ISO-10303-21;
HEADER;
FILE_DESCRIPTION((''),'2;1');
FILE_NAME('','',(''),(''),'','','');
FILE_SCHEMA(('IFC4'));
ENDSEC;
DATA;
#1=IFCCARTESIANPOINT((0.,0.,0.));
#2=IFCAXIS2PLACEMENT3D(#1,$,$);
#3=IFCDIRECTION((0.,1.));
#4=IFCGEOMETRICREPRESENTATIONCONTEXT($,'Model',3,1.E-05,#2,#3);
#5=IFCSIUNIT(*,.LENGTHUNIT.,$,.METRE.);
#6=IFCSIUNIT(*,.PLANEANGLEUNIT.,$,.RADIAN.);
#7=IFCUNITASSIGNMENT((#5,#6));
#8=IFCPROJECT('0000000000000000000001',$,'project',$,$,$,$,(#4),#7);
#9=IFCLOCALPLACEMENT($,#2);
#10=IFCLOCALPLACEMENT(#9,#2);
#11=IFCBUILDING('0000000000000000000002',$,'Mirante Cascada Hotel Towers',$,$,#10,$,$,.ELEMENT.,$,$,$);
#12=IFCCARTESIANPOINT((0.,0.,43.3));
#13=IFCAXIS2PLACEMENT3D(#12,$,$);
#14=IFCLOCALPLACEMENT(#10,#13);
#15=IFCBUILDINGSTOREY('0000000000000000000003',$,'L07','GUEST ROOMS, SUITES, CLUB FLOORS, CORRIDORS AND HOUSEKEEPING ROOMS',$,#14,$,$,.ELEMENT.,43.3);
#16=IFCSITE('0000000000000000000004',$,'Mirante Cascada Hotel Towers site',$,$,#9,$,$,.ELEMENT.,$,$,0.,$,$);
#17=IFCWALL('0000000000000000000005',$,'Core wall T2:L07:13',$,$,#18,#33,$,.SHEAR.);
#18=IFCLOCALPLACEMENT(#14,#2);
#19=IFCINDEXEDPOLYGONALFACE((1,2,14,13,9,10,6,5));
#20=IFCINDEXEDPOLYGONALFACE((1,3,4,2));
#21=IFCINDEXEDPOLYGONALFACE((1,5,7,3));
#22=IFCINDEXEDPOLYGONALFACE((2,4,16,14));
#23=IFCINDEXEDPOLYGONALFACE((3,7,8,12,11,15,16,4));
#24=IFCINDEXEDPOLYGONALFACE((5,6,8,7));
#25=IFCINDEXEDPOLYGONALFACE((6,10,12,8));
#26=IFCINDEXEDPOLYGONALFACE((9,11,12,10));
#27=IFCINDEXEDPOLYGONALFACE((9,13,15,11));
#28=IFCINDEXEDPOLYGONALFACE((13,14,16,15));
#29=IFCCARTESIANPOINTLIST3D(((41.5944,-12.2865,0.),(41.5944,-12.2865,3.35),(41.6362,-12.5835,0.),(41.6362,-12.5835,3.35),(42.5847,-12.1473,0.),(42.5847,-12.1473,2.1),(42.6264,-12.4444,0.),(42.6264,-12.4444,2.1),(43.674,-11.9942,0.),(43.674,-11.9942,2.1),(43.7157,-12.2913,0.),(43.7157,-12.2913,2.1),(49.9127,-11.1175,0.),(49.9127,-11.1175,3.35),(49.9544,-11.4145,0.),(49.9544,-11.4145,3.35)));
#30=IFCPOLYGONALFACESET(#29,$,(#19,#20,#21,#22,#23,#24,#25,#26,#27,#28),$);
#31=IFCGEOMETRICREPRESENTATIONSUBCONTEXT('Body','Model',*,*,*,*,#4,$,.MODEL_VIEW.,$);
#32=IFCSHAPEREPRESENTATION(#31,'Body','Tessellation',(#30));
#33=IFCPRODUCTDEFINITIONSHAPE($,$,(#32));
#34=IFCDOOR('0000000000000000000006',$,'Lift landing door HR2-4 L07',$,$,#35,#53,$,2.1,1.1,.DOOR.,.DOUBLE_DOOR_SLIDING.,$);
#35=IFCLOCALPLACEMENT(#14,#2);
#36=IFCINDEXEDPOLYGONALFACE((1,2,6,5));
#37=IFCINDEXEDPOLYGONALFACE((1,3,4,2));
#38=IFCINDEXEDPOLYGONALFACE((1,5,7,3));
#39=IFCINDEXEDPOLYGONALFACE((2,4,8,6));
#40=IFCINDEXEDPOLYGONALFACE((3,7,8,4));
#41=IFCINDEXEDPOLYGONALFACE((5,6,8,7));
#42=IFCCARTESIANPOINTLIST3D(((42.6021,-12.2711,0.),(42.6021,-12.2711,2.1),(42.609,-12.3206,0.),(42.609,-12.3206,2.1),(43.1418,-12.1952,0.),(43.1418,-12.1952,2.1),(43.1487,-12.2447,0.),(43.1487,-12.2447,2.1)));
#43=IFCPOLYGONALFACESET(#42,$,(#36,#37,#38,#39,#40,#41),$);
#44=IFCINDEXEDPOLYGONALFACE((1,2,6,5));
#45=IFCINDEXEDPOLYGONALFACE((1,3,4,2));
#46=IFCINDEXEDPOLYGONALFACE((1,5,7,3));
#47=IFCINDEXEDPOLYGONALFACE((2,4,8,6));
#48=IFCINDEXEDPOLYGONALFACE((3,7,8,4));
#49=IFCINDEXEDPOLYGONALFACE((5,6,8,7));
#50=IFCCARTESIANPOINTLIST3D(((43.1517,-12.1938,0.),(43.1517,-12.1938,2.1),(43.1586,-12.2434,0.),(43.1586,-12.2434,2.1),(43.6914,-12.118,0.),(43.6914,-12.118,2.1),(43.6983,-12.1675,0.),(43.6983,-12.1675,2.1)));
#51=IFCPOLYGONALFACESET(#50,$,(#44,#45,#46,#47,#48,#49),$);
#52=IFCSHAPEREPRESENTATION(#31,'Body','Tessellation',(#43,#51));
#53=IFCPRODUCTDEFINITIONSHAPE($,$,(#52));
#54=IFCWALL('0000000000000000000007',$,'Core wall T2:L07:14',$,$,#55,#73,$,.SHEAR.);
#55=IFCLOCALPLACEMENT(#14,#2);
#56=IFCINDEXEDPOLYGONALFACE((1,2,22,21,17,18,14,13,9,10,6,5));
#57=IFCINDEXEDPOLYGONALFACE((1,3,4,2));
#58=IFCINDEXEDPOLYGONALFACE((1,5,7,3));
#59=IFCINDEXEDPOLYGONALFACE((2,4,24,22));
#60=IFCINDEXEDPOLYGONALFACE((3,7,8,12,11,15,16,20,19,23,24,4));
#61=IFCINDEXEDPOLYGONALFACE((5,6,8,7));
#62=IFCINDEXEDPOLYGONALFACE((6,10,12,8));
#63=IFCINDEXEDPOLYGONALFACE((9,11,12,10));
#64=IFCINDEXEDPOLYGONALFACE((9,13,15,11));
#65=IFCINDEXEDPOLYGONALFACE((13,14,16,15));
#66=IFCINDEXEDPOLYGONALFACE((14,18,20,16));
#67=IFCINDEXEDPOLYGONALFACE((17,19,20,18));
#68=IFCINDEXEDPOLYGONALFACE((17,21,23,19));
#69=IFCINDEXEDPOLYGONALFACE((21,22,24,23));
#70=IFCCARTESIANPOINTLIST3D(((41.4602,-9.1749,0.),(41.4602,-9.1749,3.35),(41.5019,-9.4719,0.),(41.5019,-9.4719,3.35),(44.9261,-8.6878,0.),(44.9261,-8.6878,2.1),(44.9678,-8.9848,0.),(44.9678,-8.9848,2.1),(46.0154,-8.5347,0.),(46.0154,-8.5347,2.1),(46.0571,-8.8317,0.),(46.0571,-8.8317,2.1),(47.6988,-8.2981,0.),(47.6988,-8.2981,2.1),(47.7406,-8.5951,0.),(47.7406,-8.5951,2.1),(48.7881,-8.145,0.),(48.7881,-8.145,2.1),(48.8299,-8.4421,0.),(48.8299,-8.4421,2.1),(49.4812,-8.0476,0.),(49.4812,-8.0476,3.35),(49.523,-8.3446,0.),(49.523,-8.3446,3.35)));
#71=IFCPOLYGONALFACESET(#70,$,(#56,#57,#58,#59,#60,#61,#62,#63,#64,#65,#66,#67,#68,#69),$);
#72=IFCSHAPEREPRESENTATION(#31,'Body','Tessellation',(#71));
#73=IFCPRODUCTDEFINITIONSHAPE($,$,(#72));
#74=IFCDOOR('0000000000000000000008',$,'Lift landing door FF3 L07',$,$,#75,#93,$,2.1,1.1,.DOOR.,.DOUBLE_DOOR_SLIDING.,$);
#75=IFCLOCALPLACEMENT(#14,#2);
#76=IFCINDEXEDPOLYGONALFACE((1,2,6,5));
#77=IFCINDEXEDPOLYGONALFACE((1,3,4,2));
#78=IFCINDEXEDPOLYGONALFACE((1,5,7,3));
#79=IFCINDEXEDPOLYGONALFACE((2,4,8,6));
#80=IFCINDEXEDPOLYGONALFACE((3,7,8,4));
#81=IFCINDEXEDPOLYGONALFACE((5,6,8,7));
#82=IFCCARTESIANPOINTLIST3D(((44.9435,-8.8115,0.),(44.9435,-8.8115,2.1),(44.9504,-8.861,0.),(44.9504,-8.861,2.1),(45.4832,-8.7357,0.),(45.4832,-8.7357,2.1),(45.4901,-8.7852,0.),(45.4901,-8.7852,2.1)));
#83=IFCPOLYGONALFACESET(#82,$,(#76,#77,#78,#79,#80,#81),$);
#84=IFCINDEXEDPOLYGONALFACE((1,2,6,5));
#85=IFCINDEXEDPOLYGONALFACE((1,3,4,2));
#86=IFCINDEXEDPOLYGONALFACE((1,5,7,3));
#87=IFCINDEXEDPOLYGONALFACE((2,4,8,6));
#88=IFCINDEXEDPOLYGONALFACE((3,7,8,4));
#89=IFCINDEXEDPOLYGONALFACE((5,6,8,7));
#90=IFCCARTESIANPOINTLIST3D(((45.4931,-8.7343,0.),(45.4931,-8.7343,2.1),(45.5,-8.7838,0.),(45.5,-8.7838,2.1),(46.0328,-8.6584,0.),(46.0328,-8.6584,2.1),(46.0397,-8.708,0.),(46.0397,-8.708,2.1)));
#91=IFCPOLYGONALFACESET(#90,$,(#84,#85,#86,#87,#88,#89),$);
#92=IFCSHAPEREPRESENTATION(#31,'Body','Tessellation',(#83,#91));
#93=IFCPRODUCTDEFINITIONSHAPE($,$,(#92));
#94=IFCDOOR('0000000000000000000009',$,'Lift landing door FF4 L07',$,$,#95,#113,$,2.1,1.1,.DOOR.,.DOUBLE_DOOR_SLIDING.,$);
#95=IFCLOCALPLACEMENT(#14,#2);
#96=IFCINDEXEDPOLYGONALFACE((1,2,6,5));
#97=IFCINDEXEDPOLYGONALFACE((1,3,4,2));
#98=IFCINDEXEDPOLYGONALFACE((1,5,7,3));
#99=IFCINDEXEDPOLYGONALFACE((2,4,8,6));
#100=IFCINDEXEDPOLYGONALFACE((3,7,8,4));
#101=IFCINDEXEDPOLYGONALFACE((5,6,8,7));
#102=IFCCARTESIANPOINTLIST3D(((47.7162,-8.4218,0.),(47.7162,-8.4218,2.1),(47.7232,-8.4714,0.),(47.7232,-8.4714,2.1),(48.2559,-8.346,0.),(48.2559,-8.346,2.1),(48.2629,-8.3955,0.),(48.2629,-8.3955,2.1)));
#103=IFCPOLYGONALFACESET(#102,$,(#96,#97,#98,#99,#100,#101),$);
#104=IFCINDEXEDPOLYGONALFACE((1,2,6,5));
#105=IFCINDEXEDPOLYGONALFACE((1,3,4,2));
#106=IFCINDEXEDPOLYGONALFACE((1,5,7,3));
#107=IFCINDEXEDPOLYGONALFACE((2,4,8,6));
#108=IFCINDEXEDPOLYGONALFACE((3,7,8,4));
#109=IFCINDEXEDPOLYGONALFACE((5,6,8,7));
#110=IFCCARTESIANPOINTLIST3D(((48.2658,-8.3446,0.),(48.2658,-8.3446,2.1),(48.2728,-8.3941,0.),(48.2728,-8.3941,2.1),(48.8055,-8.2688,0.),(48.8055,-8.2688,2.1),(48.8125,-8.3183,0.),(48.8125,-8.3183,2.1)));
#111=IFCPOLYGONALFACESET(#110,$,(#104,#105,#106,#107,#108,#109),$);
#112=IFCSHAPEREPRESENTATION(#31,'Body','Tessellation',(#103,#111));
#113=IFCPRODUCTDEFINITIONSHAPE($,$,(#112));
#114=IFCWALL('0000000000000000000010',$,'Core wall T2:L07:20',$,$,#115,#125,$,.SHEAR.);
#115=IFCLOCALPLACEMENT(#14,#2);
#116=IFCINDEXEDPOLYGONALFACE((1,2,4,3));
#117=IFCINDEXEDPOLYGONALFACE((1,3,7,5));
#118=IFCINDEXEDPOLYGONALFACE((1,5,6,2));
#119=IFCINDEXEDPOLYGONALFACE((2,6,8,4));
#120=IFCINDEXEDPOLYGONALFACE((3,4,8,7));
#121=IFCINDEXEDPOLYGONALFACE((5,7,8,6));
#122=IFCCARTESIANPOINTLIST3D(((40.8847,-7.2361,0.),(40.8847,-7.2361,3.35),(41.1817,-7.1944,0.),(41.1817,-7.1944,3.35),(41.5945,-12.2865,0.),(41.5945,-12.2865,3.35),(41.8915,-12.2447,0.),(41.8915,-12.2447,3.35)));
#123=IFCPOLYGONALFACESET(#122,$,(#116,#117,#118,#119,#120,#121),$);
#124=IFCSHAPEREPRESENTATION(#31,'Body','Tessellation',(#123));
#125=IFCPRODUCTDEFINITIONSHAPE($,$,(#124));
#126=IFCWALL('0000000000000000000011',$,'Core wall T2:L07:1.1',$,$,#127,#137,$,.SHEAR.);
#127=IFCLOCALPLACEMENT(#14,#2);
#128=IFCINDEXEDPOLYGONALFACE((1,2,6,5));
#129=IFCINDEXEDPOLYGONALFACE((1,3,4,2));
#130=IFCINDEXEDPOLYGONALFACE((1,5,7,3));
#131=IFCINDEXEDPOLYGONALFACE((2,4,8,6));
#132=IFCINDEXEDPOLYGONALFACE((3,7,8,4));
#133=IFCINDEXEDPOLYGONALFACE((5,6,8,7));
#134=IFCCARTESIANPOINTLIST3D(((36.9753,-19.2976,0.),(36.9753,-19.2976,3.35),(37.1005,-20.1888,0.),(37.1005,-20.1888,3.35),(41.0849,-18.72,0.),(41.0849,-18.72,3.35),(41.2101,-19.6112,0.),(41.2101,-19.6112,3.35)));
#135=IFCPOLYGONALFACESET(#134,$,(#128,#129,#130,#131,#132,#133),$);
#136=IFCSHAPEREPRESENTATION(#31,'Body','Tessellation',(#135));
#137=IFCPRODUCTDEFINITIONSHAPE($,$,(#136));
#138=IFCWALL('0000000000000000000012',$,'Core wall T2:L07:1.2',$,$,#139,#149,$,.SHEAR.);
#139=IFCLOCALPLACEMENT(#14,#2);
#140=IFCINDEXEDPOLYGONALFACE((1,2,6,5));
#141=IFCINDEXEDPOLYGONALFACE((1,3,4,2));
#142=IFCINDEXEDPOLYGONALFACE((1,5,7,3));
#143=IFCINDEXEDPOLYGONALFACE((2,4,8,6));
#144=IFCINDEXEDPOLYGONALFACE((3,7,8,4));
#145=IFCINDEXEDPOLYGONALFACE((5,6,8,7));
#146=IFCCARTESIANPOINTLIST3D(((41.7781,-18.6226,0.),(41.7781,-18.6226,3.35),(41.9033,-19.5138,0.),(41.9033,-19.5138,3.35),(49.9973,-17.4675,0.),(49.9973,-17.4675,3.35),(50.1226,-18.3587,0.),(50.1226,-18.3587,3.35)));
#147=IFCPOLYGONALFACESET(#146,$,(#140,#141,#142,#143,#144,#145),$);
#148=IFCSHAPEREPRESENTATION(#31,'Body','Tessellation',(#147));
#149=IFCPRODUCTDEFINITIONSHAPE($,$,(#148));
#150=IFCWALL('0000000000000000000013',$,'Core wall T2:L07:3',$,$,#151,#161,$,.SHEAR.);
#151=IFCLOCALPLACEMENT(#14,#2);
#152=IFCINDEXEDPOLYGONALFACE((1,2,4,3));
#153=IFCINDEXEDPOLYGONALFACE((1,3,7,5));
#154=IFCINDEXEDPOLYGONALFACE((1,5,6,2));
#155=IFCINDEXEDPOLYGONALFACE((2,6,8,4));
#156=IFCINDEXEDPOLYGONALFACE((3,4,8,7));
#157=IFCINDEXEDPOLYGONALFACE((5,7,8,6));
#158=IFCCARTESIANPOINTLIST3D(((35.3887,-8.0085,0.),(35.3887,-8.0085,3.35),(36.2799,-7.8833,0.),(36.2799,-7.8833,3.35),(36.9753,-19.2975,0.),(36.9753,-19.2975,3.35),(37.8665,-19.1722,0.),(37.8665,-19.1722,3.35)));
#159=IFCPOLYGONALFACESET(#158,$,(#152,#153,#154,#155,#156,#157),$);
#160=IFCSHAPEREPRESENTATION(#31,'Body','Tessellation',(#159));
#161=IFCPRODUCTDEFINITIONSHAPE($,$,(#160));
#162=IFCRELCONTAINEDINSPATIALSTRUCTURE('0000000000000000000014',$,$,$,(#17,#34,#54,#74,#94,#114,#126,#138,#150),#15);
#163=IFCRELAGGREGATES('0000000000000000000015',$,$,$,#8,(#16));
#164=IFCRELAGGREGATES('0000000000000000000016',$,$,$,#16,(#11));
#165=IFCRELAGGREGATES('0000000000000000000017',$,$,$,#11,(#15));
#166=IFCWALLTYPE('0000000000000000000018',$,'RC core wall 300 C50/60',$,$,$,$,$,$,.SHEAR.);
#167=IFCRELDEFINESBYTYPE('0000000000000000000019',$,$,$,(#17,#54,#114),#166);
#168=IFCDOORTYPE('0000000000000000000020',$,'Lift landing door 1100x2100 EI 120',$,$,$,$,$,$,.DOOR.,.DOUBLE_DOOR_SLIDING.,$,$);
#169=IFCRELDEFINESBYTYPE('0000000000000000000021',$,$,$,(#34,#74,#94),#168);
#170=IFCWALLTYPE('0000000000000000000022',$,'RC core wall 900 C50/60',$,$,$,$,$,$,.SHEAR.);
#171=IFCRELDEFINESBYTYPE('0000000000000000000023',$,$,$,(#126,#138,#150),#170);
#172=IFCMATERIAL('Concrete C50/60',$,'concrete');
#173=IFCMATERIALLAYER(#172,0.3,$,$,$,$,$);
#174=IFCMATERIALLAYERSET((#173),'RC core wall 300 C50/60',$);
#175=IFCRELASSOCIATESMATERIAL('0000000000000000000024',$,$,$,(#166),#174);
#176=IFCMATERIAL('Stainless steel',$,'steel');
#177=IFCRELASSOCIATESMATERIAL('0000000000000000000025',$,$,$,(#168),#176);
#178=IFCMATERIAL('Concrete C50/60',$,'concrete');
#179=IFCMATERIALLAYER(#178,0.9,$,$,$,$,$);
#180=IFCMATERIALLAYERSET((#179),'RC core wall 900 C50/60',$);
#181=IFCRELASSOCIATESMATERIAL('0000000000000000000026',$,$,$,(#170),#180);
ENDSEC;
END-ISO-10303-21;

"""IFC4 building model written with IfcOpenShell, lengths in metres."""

from ifc_helpers import new_model, si_unit, direction, frame, frame_2d, origin, place, context, subcontext, project, spatial, rectangle, extrude, material, layer, layer_set, type_object, element, fill, save


model = new_model("IFC4")

# Units and contexts
model_context = context("Model", 3, precision=1e-05, world=origin(), true_north=direction((0.0, 1.0)))
body_context = subcontext(model_context, "Body", "Model", "MODEL_VIEW")
ifc_project = project(units=[si_unit("LENGTHUNIT", "METRE"), si_unit("PLANEANGLEUNIT", "RADIAN")], contexts=[model_context])

# Site, building, storey
site_placement = place(None, origin())
site = spatial("IfcSite", under=ifc_project, at=site_placement, Name="Mirante Cascada Hotel Towers site", CompositionType="ELEMENT", RefElevation=0.0)
building_placement = place(site_placement, origin())
building = spatial("IfcBuilding", under=site, at=building_placement, Name="Mirante Cascada Hotel Towers", CompositionType="ELEMENT")
storey_placement = place(building_placement, frame((0.0, 0.0, 43.3)))
storey = spatial("IfcBuildingStorey", under=building, at=storey_placement, Name="L07", Description="GUEST ROOMS, SUITES, CLUB FLOORS, CORRIDORS AND HOUSEKEEPING ROOMS", CompositionType="ELEMENT", Elevation=43.3)

# Shared definitions
ifc_material_1 = material(Name="Concrete C50/60", Category="concrete")
ifc_layer_1 = layer(ifc_material_1, 0.3)
ifc_layer_set_1 = layer_set([ifc_layer_1], Name="RC core wall 300 C50/60")
wall_type_1 = type_object("IfcWallType", Name="RC core wall 300 C50/60", PredefinedType="SHEAR", material=ifc_layer_set_1)

# Shared definitions
ifc_material_2 = material(Name="Stainless steel", Category="steel")
door_type_1 = type_object("IfcDoorType", Name="Lift landing door 1100x2100 EI 120", OperationType="DOUBLE_DOOR_SLIDING", PredefinedType="DOOR", material=ifc_material_2)

# Wall, opening, door
wall_1_placement = place(storey_placement, frame((41.6153, -12.435, 0.0), z_axis=(0.0, 0.0, 1.0), x_axis=(0.990269, 0.139166, 0.0)))
wall_1 = element("IfcWall", 1, at=wall_1_placement, inside=storey, type_object=wall_type_1, Name="Core wall T2:L07:13", PredefinedType="SHEAR", context=body_context, shape_type="SweptSolid", body=[
    extrude(rectangle(XDim=8.4, YDim=0.3, at=frame_2d((4.2, 0.0))), origin(), (0.0, 0.0, 1.0), 3.35),
])
opening_1_placement = place(wall_1_placement, frame((1.0, 0.0, 0.0)))
opening_1 = element("IfcOpeningElement", 2, at=opening_1_placement, cuts=wall_1, PredefinedType="OPENING", context=body_context, shape_type="SweptSolid", body=[
    extrude(rectangle(XDim=1.1, YDim=2.1, at=frame_2d((0.55, 1.05))), frame((0.0, 0.15, 0.0), z_axis=(0.0, -1.0, 0.0), x_axis=(1.0, 0.0, 0.0)), (0.0, 0.0, 1.0), 0.3),
])
door_1_placement = place(opening_1_placement, origin())
door_1 = element("IfcDoor", 3, at=door_1_placement, inside=storey, type_object=door_type_1, Name="Lift landing door HR2-4 L07", OperationType="DOUBLE_DOOR_SLIDING", OverallHeight=2.1, OverallWidth=1.1, PredefinedType="DOOR", context=body_context, shape_type="SweptSolid", body=[
    extrude(rectangle(XDim=0.545, YDim=2.1, at=frame_2d((0.2725, 1.05))), frame((0.0, 0.025, 0.0), z_axis=(0.0, -1.0, 0.0), x_axis=(1.0, 0.0, 0.0)), (0.0, 0.0, 1.0), 0.05),
    extrude(rectangle(XDim=0.545, YDim=2.1, at=frame_2d((0.8275, 1.05))), frame((0.0, 0.025, 0.0), z_axis=(0.0, -1.0, 0.0), x_axis=(1.0, 0.0, 0.0)), (0.0, 0.0, 1.0), 0.05),
])
fill(opening_1, door_1)

# Wall, openings, doors
wall_2_placement = place(storey_placement, frame((41.481, -9.3234, 0.0), z_axis=(0.0, 0.0, 1.0), x_axis=(0.990268, 0.139174, 0.0)))
wall_2 = element("IfcWall", 4, at=wall_2_placement, inside=storey, type_object=wall_type_1, Name="Core wall T2:L07:14", PredefinedType="SHEAR", context=body_context, shape_type="SweptSolid", body=[
    extrude(rectangle(XDim=8.0999, YDim=0.3, at=frame_2d((4.05, 0.0))), origin(), (0.0, 0.0, 1.0), 3.35),
])
opening_2_placement = place(wall_2_placement, frame((3.5, 0.0, 0.0)))
opening_2 = element("IfcOpeningElement", 5, at=opening_2_placement, cuts=wall_2, PredefinedType="OPENING", context=body_context, shape_type="SweptSolid", body=[
    extrude(rectangle(XDim=1.1, YDim=2.1, at=frame_2d((0.55, 1.05))), frame((0.0, 0.15, 0.0), z_axis=(0.0, -1.0, 0.0), x_axis=(1.0, 0.0, 0.0)), (0.0, 0.0, 1.0), 0.3),
])
opening_3_placement = place(wall_2_placement, frame((6.3, 0.0, 0.0)))
opening_3 = element("IfcOpeningElement", 6, at=opening_3_placement, cuts=wall_2, PredefinedType="OPENING", context=body_context, shape_type="SweptSolid", body=[
    extrude(rectangle(XDim=1.1, YDim=2.1, at=frame_2d((0.55, 1.05))), frame((0.0, 0.15, 0.0), z_axis=(0.0, -1.0, 0.0), x_axis=(1.0, 0.0, 0.0)), (0.0, 0.0, 1.0), 0.3),
])
door_2_placement = place(opening_2_placement, origin())
door_2 = element("IfcDoor", 7, at=door_2_placement, inside=storey, type_object=door_type_1, Name="Lift landing door FF3 L07", OperationType="DOUBLE_DOOR_SLIDING", OverallHeight=2.1, OverallWidth=1.1, PredefinedType="DOOR", context=body_context, shape_type="SweptSolid", body=[
    extrude(rectangle(XDim=0.545, YDim=2.1, at=frame_2d((0.2725, 1.05))), frame((0.0, 0.025, 0.0), z_axis=(0.0, -1.0, 0.0), x_axis=(1.0, 0.0, 0.0)), (0.0, 0.0, 1.0), 0.05),
    extrude(rectangle(XDim=0.545, YDim=2.1, at=frame_2d((0.8275, 1.05))), frame((0.0, 0.025, 0.0), z_axis=(0.0, -1.0, 0.0), x_axis=(1.0, 0.0, 0.0)), (0.0, 0.0, 1.0), 0.05),
])
fill(opening_2, door_2)
door_3_placement = place(opening_3_placement, origin())
door_3 = element("IfcDoor", 8, at=door_3_placement, inside=storey, type_object=door_type_1, Name="Lift landing door FF4 L07", OperationType="DOUBLE_DOOR_SLIDING", OverallHeight=2.1, OverallWidth=1.1, PredefinedType="DOOR", context=body_context, shape_type="SweptSolid", body=[
    extrude(rectangle(XDim=0.545, YDim=2.1, at=frame_2d((0.2725, 1.05))), frame((0.0, 0.025, 0.0), z_axis=(0.0, -1.0, 0.0), x_axis=(1.0, 0.0, 0.0)), (0.0, 0.0, 1.0), 0.05),
    extrude(rectangle(XDim=0.545, YDim=2.1, at=frame_2d((0.8275, 1.05))), frame((0.0, 0.025, 0.0), z_axis=(0.0, -1.0, 0.0), x_axis=(1.0, 0.0, 0.0)), (0.0, 0.0, 1.0), 0.05),
])
fill(opening_3, door_3)

# Walls
wall_3_placement = place(storey_placement, frame((41.743, -12.2656, 0.0), z_axis=(0.0, 0.0, 1.0), x_axis=(-0.139176, 0.990268, 0.0)))
element("IfcWall", 9, at=wall_3_placement, inside=storey, type_object=wall_type_1, Name="Core wall T2:L07:20", PredefinedType="SHEAR", context=body_context, shape_type="SweptSolid", body=[
    extrude(rectangle(XDim=5.1, YDim=0.3, at=frame_2d((2.55, 0.0))), origin(), (0.0, 0.0, 1.0), 3.35),
])
ifc_material_3 = material(Name="Concrete C50/60", Category="concrete")
ifc_layer_2 = layer(ifc_material_3, 0.9)
ifc_layer_set_2 = layer_set([ifc_layer_2], Name="RC core wall 900 C50/60")
wall_type_2 = type_object("IfcWallType", Name="RC core wall 900 C50/60", PredefinedType="SHEAR", material=ifc_layer_set_2)
wall_4_placement = place(storey_placement, frame((37.0379, -19.7432, 0.0), z_axis=(0.0, 0.0, 1.0), x_axis=(0.990267, 0.139181, 0.0)))
element("IfcWall", 10, at=wall_4_placement, inside=storey, type_object=wall_type_2, Name="Core wall T2:L07:1.1", PredefinedType="SHEAR", context=body_context, shape_type="SweptSolid", body=[
    extrude(rectangle(XDim=4.15, YDim=0.9, at=frame_2d((2.075, 0.0))), origin(), (0.0, 0.0, 1.0), 3.35),
])
wall_5_placement = place(storey_placement, frame((41.8407, -19.0682, 0.0), z_axis=(0.0, 0.0, 1.0), x_axis=(0.990269, 0.139169, 0.0)))
element("IfcWall", 11, at=wall_5_placement, inside=storey, type_object=wall_type_2, Name="Core wall T2:L07:1.2", PredefinedType="SHEAR", context=body_context, shape_type="SweptSolid", body=[
    extrude(rectangle(XDim=8.3, YDim=0.9, at=frame_2d((4.15, 0.0))), origin(), (0.0, 0.0, 1.0), 3.35),
])
wall_6_placement = place(storey_placement, frame((37.4209, -19.2349, 0.0), z_axis=(0.0, 0.0, 1.0), x_axis=(-0.139176, 0.990268, 0.0)))
element("IfcWall", 12, at=wall_6_placement, inside=storey, type_object=wall_type_2, Name="Core wall T2:L07:3", PredefinedType="SHEAR", context=body_context, shape_type="SweptSolid", body=[
    extrude(rectangle(XDim=11.3999, YDim=0.9, at=frame_2d((5.7, 0.0))), origin(), (0.0, 0.0, 1.0), 3.35),
])

save(model, "model.ifc")
